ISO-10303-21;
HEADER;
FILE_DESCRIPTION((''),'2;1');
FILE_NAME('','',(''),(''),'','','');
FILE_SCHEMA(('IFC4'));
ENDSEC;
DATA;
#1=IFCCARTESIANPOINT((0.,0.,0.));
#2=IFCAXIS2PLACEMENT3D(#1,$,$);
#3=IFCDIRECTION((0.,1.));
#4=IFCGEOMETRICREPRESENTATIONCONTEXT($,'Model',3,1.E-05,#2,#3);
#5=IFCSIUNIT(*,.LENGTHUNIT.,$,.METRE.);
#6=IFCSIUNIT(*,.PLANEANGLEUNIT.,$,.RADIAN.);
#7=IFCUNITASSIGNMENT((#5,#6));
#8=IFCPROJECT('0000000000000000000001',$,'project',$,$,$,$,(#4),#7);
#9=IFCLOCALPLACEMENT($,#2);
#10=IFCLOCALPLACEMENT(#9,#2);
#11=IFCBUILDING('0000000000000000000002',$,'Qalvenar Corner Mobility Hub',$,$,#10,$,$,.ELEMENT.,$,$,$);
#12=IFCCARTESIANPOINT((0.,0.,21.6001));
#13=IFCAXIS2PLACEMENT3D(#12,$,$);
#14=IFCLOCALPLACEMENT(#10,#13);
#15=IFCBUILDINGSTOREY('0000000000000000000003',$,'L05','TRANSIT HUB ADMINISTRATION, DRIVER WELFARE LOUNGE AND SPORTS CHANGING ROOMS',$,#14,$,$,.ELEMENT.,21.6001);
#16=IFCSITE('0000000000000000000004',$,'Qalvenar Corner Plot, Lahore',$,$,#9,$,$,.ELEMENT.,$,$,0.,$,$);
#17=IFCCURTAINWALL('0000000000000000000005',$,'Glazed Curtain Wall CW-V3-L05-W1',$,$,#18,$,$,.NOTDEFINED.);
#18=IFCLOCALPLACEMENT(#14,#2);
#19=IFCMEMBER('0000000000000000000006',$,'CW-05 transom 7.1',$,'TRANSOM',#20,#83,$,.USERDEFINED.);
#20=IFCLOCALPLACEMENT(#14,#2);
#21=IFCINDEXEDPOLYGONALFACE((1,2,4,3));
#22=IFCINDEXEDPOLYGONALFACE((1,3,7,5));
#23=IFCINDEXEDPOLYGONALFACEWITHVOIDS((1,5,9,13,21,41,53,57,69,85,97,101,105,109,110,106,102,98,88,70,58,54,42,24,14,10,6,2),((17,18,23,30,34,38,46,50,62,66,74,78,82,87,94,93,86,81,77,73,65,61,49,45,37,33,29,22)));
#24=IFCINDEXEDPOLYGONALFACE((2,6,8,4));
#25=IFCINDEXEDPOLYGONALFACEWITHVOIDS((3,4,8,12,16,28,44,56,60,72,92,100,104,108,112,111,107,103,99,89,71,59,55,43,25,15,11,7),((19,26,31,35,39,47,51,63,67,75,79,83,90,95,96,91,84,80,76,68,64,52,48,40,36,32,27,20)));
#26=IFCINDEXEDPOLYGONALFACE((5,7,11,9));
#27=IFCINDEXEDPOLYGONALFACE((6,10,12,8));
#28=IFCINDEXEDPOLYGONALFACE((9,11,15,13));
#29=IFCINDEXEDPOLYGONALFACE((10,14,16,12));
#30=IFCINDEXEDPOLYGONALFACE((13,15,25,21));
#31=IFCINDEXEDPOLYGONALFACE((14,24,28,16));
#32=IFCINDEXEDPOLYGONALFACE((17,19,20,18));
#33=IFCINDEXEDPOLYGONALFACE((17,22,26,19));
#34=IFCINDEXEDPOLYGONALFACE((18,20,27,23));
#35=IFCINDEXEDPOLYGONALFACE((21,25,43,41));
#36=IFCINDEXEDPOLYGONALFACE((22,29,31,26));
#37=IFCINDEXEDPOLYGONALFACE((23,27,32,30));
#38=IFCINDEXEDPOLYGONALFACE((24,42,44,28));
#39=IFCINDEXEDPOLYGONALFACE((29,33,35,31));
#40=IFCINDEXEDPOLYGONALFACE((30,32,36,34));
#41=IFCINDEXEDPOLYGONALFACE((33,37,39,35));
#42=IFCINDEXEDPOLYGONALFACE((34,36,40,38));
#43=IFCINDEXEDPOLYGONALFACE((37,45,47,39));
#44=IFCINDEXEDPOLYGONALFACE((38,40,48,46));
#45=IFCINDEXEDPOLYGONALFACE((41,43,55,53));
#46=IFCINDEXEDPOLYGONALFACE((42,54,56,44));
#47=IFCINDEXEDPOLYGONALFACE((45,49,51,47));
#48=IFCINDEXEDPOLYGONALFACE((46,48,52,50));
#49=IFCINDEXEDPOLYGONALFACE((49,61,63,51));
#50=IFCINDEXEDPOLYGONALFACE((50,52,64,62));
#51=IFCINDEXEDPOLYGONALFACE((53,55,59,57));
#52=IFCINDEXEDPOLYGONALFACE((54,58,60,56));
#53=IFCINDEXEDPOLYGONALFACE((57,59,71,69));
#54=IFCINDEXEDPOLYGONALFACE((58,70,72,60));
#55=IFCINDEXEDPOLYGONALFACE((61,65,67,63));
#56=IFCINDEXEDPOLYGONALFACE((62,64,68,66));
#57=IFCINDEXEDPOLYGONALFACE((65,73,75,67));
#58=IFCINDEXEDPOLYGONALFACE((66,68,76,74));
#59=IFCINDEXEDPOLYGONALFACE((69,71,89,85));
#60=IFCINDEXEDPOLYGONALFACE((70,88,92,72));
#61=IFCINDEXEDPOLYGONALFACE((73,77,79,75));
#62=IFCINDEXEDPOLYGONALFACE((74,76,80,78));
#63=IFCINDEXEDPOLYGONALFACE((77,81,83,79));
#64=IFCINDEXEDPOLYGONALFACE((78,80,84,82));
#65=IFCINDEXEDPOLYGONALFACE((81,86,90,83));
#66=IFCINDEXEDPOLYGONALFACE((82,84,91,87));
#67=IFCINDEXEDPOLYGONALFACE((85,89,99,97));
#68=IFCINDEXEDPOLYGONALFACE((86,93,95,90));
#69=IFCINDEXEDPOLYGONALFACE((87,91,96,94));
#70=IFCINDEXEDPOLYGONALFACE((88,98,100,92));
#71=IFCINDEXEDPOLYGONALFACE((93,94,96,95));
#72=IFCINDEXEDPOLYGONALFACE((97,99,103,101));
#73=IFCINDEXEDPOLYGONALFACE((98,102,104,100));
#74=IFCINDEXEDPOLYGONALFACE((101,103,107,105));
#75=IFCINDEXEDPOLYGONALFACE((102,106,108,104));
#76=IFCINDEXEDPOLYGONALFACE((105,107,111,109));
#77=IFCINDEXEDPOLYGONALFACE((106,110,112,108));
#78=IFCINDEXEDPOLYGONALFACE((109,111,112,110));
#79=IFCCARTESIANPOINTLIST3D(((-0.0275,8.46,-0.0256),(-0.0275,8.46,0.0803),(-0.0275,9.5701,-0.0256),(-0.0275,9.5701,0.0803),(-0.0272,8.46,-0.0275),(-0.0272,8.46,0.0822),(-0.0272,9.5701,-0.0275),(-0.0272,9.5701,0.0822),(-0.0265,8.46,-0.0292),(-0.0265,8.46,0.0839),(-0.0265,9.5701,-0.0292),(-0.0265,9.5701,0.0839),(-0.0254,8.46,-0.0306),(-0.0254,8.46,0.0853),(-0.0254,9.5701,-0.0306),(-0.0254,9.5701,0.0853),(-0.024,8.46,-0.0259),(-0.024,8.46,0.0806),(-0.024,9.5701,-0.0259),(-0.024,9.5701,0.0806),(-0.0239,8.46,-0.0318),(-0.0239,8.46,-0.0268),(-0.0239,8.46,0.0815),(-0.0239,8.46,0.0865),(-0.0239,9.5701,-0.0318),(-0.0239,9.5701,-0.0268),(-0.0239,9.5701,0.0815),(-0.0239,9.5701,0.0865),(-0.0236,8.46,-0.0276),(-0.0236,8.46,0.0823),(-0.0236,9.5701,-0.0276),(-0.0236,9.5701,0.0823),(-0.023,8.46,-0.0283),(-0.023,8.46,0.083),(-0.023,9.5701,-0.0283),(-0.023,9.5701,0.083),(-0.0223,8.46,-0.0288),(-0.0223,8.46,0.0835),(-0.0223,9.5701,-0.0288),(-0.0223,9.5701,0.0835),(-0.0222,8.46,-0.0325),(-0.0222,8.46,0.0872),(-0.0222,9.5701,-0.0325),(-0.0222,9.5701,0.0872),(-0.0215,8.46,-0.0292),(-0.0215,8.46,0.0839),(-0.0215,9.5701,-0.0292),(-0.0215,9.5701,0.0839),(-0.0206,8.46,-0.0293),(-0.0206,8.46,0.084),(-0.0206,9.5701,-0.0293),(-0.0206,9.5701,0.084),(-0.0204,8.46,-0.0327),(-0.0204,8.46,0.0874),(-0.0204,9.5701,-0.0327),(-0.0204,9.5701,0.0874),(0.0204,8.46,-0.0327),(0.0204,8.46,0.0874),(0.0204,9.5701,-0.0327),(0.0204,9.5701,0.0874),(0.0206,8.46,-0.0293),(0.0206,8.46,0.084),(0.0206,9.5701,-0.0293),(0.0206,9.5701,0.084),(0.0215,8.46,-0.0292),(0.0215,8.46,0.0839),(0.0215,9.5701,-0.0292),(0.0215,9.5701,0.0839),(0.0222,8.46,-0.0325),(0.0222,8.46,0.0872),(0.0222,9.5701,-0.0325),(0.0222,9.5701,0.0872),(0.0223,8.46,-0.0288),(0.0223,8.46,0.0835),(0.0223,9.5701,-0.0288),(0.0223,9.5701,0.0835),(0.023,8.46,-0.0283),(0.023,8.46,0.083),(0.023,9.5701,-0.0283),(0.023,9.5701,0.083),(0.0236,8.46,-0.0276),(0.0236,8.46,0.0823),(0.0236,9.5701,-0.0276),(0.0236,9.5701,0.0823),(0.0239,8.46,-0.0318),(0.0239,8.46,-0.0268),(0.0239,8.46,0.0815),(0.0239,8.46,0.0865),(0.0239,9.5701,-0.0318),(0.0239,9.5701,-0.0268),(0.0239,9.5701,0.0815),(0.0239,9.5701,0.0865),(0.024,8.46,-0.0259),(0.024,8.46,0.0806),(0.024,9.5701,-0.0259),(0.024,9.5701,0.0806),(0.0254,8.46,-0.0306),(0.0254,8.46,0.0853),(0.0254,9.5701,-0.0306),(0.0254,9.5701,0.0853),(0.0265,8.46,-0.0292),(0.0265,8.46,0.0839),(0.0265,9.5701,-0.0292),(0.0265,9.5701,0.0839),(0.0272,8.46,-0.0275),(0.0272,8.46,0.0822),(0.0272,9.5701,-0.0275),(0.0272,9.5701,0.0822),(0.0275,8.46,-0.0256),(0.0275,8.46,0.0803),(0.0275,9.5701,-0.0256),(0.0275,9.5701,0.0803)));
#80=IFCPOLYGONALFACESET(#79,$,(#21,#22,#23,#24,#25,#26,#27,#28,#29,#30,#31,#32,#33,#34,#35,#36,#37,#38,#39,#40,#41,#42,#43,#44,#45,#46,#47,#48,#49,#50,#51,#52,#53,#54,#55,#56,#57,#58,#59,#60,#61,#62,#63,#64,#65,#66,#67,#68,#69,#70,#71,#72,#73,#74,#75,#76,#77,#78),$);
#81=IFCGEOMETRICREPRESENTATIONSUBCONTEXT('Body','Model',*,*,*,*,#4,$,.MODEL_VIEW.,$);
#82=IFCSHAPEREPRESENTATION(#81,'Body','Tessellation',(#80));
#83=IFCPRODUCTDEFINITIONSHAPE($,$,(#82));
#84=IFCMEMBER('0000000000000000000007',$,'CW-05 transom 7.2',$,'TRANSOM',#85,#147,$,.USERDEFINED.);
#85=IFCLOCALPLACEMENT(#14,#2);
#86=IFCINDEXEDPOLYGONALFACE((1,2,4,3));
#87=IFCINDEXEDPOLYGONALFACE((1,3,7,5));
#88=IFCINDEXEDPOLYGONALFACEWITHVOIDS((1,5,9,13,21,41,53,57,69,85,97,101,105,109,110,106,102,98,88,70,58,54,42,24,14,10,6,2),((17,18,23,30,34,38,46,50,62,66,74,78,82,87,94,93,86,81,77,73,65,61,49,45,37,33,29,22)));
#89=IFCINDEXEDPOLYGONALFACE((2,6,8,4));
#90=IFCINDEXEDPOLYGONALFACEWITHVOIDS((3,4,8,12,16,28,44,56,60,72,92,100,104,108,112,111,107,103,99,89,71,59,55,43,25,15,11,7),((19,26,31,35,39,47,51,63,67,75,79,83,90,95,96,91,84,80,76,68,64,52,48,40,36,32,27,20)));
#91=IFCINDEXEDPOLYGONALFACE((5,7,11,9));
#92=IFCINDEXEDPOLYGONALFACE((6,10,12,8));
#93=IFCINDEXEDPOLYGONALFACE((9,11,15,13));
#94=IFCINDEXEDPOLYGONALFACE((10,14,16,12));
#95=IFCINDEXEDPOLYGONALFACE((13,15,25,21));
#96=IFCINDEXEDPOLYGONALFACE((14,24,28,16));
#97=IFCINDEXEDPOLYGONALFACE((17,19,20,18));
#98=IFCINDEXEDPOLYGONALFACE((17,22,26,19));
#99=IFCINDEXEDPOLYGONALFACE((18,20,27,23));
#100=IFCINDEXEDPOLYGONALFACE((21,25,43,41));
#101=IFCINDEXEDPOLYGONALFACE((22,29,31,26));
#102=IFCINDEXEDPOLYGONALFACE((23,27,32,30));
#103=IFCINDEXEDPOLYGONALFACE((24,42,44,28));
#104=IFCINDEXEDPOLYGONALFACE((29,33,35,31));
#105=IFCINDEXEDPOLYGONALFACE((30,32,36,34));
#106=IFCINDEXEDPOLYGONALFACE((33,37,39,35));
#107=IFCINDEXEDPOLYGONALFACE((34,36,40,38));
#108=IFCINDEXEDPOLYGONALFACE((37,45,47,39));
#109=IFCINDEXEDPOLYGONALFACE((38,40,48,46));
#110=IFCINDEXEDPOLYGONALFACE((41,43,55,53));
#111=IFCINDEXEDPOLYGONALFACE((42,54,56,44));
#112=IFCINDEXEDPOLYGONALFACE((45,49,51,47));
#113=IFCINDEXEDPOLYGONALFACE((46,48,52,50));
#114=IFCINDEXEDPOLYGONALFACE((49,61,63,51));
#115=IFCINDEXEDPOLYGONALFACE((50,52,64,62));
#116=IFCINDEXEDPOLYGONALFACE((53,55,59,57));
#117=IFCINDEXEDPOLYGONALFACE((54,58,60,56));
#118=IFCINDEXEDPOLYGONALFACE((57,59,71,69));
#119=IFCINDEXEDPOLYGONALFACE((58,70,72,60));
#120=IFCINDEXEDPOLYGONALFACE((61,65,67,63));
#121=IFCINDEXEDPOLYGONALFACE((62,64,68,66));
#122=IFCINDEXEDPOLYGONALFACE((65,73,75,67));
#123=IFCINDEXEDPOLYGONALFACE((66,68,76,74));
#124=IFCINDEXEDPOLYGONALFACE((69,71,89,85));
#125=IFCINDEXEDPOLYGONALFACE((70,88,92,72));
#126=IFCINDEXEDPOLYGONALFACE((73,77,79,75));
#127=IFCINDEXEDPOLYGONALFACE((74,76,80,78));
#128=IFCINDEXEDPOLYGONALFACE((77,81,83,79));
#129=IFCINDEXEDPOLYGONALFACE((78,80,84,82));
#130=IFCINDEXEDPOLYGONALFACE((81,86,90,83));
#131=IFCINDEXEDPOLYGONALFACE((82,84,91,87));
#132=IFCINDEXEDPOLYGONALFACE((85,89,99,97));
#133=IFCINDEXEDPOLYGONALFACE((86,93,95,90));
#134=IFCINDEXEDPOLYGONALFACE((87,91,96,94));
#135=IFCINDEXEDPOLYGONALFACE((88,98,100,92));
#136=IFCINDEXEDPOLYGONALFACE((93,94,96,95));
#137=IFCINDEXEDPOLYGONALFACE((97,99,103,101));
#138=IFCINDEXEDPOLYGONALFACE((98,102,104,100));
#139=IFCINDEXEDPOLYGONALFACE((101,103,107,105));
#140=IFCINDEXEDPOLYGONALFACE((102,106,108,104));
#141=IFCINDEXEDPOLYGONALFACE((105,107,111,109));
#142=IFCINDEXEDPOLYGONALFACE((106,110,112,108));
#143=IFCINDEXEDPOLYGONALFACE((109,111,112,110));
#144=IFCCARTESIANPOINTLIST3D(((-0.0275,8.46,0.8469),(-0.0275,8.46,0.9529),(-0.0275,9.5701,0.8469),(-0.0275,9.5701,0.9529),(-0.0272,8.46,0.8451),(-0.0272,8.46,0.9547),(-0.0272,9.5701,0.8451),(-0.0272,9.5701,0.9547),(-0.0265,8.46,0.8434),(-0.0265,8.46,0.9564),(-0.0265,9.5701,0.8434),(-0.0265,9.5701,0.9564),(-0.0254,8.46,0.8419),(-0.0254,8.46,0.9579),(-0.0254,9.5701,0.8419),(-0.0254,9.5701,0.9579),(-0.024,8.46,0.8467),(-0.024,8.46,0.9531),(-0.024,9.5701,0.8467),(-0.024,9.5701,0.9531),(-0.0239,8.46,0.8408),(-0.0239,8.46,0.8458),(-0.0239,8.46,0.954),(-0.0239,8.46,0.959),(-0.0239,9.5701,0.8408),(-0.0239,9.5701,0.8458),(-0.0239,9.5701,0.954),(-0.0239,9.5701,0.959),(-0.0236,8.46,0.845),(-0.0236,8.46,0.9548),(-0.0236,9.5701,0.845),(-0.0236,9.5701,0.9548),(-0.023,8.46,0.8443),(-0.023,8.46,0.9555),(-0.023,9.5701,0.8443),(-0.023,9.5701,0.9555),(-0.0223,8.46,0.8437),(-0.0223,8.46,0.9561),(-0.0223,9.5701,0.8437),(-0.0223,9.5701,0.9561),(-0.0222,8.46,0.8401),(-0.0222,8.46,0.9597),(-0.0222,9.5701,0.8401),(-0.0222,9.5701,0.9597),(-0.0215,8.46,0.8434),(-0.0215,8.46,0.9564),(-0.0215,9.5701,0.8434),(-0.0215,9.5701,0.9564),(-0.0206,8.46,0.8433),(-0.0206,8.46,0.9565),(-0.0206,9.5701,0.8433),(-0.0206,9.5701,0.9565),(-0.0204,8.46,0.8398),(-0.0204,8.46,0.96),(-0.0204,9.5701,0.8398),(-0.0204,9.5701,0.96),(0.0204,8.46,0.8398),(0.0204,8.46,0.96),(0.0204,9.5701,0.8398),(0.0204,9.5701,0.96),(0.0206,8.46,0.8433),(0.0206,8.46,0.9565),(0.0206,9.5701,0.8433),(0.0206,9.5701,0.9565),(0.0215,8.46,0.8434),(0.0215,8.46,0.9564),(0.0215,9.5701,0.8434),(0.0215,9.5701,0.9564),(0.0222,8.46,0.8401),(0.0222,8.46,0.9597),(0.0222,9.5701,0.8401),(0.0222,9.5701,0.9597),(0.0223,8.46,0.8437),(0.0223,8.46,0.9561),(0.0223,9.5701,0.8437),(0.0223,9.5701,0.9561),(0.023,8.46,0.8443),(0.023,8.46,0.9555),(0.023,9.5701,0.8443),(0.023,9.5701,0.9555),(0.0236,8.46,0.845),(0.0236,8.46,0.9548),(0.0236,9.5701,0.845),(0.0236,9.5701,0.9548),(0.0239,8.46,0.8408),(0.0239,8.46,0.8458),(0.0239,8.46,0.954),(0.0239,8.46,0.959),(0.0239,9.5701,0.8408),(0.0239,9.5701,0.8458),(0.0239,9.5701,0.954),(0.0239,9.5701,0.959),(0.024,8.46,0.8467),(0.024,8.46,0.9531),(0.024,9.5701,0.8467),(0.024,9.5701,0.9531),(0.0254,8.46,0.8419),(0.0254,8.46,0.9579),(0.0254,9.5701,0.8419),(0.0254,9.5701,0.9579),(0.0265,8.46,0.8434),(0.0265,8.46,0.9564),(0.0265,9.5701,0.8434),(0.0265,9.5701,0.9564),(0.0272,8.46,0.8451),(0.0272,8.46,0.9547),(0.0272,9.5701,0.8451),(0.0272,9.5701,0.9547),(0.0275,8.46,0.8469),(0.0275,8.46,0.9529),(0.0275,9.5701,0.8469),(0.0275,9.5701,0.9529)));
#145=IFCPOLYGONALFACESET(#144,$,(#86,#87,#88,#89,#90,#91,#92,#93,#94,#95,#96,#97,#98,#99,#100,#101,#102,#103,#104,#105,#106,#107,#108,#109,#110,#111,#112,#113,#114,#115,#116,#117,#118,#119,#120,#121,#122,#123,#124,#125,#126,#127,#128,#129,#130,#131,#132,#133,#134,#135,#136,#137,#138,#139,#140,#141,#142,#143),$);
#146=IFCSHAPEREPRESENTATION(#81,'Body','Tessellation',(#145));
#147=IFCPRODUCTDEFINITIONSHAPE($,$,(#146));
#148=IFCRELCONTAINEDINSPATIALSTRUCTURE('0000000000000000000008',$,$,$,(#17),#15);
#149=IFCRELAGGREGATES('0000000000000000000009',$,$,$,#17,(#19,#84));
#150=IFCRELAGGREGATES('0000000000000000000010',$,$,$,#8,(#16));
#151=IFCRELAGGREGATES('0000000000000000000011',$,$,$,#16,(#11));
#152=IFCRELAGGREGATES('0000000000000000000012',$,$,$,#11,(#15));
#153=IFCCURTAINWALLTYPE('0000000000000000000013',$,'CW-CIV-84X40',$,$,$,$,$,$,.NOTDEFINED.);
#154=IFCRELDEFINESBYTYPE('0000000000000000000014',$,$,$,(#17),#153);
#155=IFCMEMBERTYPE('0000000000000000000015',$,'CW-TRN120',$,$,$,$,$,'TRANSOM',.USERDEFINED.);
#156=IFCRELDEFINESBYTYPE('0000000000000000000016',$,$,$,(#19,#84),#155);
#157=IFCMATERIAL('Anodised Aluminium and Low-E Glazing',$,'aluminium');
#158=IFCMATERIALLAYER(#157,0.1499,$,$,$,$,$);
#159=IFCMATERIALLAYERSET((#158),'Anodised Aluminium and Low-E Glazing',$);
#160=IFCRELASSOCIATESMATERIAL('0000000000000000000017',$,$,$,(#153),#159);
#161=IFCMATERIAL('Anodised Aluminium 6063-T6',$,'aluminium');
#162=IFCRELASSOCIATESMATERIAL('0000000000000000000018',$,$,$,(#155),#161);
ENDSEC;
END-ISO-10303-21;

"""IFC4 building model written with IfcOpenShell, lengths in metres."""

from ifc_helpers import new_model, si_unit, direction, frame, origin, origin_2d, place, context, subcontext, project, spatial, hollow_rectangle, extrude, material, layer, layer_set, material_profile, profile_set, type_object, element, aggregate, save


model = new_model("IFC4")

# Units and contexts
model_context = context("Model", 3, precision=1e-05, world=origin(), true_north=direction((0.0, 1.0)))
body_context = subcontext(model_context, "Body", "Model", "MODEL_VIEW")
ifc_project = project(units=[si_unit("LENGTHUNIT", "METRE"), si_unit("PLANEANGLEUNIT", "RADIAN")], contexts=[model_context])

# Site, building, storey
site_placement = place(None, origin())
site = spatial("IfcSite", under=ifc_project, at=site_placement, Name="Qalvenar Corner Plot, Lahore", CompositionType="ELEMENT", RefElevation=0.0)
building_placement = place(site_placement, origin())
building = spatial("IfcBuilding", under=site, at=building_placement, Name="Qalvenar Corner Mobility Hub", CompositionType="ELEMENT")
storey_placement = place(building_placement, frame((0.0, 0.0, 21.6001)))
storey = spatial("IfcBuildingStorey", under=building, at=storey_placement, Name="L05", Description="TRANSIT HUB ADMINISTRATION, DRIVER WELFARE LOUNGE AND SPORTS CHANGING ROOMS", CompositionType="ELEMENT", Elevation=21.6001)

# Curtain wall, members
ifc_material_1 = material(Name="Anodised Aluminium and Low-E Glazing", Category="aluminium")
ifc_layer_1 = layer(ifc_material_1, 0.1499)
ifc_layer_set_1 = layer_set([ifc_layer_1], Name="Anodised Aluminium and Low-E Glazing")
curtain_wall_type = type_object("IfcCurtainWallType", Name="CW-CIV-84X40", PredefinedType="NOTDEFINED", material=ifc_layer_set_1)
curtain_wall_placement = place(storey_placement, origin())
curtain_wall = element("IfcCurtainWall", 1, at=curtain_wall_placement, inside=storey, type_object=curtain_wall_type, Name="Glazed Curtain Wall CW-V3-L05-W1", PredefinedType="NOTDEFINED")
ifc_material_2 = material(Name="Anodised Aluminium 6063-T6", Category="aluminium")
ifc_material_profile_1 = material_profile(ifc_material_2, hollow_rectangle(XDim=0.0549, YDim=0.1201, WallThickness=0.0034, InnerFilletRadius=0.0034, OuterFilletRadius=0.0071, at=origin_2d()), Name="RHS120x55x3.5")
ifc_profile_set_1 = profile_set([ifc_material_profile_1], Name="Anodised Aluminium 6063-T6")
member_type_1 = type_object("IfcMemberType", Name="CW-TRN120", ElementType="TRANSOM", PredefinedType="USERDEFINED", material=ifc_profile_set_1)
member_1_placement = place(storey_placement, frame((0.0, 9.5701, 0.0273), z_axis=(0.0, -1.0, 0.0), x_axis=(1.0, 0.0, 0.0)))
member_1 = element("IfcMember", 2, at=member_1_placement, type_object=member_type_1, Name="CW-05 transom 7.1", ObjectType="TRANSOM", PredefinedType="USERDEFINED", context=body_context, shape_type="SweptSolid", body=[
    extrude(hollow_rectangle(XDim=0.0549, YDim=0.1201, WallThickness=0.0034, InnerFilletRadius=0.0034, OuterFilletRadius=0.0071, at=origin_2d()), origin(), (0.0, 0.0, 1.0), 1.1101),
])
member_2_placement = place(storey_placement, frame((0.0, 9.5701, 0.8999), z_axis=(0.0, -1.0, 0.0), x_axis=(1.0, 0.0, 0.0)))
member_2 = element("IfcMember", 3, at=member_2_placement, type_object=member_type_1, Name="CW-05 transom 7.2", ObjectType="TRANSOM", PredefinedType="USERDEFINED", context=body_context, shape_type="SweptSolid", body=[
    extrude(hollow_rectangle(XDim=0.0549, YDim=0.1201, WallThickness=0.0034, InnerFilletRadius=0.0034, OuterFilletRadius=0.0071, at=origin_2d()), origin(), (0.0, 0.0, 1.0), 1.1101),
])
aggregate(curtain_wall, [member_1, member_2])

save(model, "model.ifc")
